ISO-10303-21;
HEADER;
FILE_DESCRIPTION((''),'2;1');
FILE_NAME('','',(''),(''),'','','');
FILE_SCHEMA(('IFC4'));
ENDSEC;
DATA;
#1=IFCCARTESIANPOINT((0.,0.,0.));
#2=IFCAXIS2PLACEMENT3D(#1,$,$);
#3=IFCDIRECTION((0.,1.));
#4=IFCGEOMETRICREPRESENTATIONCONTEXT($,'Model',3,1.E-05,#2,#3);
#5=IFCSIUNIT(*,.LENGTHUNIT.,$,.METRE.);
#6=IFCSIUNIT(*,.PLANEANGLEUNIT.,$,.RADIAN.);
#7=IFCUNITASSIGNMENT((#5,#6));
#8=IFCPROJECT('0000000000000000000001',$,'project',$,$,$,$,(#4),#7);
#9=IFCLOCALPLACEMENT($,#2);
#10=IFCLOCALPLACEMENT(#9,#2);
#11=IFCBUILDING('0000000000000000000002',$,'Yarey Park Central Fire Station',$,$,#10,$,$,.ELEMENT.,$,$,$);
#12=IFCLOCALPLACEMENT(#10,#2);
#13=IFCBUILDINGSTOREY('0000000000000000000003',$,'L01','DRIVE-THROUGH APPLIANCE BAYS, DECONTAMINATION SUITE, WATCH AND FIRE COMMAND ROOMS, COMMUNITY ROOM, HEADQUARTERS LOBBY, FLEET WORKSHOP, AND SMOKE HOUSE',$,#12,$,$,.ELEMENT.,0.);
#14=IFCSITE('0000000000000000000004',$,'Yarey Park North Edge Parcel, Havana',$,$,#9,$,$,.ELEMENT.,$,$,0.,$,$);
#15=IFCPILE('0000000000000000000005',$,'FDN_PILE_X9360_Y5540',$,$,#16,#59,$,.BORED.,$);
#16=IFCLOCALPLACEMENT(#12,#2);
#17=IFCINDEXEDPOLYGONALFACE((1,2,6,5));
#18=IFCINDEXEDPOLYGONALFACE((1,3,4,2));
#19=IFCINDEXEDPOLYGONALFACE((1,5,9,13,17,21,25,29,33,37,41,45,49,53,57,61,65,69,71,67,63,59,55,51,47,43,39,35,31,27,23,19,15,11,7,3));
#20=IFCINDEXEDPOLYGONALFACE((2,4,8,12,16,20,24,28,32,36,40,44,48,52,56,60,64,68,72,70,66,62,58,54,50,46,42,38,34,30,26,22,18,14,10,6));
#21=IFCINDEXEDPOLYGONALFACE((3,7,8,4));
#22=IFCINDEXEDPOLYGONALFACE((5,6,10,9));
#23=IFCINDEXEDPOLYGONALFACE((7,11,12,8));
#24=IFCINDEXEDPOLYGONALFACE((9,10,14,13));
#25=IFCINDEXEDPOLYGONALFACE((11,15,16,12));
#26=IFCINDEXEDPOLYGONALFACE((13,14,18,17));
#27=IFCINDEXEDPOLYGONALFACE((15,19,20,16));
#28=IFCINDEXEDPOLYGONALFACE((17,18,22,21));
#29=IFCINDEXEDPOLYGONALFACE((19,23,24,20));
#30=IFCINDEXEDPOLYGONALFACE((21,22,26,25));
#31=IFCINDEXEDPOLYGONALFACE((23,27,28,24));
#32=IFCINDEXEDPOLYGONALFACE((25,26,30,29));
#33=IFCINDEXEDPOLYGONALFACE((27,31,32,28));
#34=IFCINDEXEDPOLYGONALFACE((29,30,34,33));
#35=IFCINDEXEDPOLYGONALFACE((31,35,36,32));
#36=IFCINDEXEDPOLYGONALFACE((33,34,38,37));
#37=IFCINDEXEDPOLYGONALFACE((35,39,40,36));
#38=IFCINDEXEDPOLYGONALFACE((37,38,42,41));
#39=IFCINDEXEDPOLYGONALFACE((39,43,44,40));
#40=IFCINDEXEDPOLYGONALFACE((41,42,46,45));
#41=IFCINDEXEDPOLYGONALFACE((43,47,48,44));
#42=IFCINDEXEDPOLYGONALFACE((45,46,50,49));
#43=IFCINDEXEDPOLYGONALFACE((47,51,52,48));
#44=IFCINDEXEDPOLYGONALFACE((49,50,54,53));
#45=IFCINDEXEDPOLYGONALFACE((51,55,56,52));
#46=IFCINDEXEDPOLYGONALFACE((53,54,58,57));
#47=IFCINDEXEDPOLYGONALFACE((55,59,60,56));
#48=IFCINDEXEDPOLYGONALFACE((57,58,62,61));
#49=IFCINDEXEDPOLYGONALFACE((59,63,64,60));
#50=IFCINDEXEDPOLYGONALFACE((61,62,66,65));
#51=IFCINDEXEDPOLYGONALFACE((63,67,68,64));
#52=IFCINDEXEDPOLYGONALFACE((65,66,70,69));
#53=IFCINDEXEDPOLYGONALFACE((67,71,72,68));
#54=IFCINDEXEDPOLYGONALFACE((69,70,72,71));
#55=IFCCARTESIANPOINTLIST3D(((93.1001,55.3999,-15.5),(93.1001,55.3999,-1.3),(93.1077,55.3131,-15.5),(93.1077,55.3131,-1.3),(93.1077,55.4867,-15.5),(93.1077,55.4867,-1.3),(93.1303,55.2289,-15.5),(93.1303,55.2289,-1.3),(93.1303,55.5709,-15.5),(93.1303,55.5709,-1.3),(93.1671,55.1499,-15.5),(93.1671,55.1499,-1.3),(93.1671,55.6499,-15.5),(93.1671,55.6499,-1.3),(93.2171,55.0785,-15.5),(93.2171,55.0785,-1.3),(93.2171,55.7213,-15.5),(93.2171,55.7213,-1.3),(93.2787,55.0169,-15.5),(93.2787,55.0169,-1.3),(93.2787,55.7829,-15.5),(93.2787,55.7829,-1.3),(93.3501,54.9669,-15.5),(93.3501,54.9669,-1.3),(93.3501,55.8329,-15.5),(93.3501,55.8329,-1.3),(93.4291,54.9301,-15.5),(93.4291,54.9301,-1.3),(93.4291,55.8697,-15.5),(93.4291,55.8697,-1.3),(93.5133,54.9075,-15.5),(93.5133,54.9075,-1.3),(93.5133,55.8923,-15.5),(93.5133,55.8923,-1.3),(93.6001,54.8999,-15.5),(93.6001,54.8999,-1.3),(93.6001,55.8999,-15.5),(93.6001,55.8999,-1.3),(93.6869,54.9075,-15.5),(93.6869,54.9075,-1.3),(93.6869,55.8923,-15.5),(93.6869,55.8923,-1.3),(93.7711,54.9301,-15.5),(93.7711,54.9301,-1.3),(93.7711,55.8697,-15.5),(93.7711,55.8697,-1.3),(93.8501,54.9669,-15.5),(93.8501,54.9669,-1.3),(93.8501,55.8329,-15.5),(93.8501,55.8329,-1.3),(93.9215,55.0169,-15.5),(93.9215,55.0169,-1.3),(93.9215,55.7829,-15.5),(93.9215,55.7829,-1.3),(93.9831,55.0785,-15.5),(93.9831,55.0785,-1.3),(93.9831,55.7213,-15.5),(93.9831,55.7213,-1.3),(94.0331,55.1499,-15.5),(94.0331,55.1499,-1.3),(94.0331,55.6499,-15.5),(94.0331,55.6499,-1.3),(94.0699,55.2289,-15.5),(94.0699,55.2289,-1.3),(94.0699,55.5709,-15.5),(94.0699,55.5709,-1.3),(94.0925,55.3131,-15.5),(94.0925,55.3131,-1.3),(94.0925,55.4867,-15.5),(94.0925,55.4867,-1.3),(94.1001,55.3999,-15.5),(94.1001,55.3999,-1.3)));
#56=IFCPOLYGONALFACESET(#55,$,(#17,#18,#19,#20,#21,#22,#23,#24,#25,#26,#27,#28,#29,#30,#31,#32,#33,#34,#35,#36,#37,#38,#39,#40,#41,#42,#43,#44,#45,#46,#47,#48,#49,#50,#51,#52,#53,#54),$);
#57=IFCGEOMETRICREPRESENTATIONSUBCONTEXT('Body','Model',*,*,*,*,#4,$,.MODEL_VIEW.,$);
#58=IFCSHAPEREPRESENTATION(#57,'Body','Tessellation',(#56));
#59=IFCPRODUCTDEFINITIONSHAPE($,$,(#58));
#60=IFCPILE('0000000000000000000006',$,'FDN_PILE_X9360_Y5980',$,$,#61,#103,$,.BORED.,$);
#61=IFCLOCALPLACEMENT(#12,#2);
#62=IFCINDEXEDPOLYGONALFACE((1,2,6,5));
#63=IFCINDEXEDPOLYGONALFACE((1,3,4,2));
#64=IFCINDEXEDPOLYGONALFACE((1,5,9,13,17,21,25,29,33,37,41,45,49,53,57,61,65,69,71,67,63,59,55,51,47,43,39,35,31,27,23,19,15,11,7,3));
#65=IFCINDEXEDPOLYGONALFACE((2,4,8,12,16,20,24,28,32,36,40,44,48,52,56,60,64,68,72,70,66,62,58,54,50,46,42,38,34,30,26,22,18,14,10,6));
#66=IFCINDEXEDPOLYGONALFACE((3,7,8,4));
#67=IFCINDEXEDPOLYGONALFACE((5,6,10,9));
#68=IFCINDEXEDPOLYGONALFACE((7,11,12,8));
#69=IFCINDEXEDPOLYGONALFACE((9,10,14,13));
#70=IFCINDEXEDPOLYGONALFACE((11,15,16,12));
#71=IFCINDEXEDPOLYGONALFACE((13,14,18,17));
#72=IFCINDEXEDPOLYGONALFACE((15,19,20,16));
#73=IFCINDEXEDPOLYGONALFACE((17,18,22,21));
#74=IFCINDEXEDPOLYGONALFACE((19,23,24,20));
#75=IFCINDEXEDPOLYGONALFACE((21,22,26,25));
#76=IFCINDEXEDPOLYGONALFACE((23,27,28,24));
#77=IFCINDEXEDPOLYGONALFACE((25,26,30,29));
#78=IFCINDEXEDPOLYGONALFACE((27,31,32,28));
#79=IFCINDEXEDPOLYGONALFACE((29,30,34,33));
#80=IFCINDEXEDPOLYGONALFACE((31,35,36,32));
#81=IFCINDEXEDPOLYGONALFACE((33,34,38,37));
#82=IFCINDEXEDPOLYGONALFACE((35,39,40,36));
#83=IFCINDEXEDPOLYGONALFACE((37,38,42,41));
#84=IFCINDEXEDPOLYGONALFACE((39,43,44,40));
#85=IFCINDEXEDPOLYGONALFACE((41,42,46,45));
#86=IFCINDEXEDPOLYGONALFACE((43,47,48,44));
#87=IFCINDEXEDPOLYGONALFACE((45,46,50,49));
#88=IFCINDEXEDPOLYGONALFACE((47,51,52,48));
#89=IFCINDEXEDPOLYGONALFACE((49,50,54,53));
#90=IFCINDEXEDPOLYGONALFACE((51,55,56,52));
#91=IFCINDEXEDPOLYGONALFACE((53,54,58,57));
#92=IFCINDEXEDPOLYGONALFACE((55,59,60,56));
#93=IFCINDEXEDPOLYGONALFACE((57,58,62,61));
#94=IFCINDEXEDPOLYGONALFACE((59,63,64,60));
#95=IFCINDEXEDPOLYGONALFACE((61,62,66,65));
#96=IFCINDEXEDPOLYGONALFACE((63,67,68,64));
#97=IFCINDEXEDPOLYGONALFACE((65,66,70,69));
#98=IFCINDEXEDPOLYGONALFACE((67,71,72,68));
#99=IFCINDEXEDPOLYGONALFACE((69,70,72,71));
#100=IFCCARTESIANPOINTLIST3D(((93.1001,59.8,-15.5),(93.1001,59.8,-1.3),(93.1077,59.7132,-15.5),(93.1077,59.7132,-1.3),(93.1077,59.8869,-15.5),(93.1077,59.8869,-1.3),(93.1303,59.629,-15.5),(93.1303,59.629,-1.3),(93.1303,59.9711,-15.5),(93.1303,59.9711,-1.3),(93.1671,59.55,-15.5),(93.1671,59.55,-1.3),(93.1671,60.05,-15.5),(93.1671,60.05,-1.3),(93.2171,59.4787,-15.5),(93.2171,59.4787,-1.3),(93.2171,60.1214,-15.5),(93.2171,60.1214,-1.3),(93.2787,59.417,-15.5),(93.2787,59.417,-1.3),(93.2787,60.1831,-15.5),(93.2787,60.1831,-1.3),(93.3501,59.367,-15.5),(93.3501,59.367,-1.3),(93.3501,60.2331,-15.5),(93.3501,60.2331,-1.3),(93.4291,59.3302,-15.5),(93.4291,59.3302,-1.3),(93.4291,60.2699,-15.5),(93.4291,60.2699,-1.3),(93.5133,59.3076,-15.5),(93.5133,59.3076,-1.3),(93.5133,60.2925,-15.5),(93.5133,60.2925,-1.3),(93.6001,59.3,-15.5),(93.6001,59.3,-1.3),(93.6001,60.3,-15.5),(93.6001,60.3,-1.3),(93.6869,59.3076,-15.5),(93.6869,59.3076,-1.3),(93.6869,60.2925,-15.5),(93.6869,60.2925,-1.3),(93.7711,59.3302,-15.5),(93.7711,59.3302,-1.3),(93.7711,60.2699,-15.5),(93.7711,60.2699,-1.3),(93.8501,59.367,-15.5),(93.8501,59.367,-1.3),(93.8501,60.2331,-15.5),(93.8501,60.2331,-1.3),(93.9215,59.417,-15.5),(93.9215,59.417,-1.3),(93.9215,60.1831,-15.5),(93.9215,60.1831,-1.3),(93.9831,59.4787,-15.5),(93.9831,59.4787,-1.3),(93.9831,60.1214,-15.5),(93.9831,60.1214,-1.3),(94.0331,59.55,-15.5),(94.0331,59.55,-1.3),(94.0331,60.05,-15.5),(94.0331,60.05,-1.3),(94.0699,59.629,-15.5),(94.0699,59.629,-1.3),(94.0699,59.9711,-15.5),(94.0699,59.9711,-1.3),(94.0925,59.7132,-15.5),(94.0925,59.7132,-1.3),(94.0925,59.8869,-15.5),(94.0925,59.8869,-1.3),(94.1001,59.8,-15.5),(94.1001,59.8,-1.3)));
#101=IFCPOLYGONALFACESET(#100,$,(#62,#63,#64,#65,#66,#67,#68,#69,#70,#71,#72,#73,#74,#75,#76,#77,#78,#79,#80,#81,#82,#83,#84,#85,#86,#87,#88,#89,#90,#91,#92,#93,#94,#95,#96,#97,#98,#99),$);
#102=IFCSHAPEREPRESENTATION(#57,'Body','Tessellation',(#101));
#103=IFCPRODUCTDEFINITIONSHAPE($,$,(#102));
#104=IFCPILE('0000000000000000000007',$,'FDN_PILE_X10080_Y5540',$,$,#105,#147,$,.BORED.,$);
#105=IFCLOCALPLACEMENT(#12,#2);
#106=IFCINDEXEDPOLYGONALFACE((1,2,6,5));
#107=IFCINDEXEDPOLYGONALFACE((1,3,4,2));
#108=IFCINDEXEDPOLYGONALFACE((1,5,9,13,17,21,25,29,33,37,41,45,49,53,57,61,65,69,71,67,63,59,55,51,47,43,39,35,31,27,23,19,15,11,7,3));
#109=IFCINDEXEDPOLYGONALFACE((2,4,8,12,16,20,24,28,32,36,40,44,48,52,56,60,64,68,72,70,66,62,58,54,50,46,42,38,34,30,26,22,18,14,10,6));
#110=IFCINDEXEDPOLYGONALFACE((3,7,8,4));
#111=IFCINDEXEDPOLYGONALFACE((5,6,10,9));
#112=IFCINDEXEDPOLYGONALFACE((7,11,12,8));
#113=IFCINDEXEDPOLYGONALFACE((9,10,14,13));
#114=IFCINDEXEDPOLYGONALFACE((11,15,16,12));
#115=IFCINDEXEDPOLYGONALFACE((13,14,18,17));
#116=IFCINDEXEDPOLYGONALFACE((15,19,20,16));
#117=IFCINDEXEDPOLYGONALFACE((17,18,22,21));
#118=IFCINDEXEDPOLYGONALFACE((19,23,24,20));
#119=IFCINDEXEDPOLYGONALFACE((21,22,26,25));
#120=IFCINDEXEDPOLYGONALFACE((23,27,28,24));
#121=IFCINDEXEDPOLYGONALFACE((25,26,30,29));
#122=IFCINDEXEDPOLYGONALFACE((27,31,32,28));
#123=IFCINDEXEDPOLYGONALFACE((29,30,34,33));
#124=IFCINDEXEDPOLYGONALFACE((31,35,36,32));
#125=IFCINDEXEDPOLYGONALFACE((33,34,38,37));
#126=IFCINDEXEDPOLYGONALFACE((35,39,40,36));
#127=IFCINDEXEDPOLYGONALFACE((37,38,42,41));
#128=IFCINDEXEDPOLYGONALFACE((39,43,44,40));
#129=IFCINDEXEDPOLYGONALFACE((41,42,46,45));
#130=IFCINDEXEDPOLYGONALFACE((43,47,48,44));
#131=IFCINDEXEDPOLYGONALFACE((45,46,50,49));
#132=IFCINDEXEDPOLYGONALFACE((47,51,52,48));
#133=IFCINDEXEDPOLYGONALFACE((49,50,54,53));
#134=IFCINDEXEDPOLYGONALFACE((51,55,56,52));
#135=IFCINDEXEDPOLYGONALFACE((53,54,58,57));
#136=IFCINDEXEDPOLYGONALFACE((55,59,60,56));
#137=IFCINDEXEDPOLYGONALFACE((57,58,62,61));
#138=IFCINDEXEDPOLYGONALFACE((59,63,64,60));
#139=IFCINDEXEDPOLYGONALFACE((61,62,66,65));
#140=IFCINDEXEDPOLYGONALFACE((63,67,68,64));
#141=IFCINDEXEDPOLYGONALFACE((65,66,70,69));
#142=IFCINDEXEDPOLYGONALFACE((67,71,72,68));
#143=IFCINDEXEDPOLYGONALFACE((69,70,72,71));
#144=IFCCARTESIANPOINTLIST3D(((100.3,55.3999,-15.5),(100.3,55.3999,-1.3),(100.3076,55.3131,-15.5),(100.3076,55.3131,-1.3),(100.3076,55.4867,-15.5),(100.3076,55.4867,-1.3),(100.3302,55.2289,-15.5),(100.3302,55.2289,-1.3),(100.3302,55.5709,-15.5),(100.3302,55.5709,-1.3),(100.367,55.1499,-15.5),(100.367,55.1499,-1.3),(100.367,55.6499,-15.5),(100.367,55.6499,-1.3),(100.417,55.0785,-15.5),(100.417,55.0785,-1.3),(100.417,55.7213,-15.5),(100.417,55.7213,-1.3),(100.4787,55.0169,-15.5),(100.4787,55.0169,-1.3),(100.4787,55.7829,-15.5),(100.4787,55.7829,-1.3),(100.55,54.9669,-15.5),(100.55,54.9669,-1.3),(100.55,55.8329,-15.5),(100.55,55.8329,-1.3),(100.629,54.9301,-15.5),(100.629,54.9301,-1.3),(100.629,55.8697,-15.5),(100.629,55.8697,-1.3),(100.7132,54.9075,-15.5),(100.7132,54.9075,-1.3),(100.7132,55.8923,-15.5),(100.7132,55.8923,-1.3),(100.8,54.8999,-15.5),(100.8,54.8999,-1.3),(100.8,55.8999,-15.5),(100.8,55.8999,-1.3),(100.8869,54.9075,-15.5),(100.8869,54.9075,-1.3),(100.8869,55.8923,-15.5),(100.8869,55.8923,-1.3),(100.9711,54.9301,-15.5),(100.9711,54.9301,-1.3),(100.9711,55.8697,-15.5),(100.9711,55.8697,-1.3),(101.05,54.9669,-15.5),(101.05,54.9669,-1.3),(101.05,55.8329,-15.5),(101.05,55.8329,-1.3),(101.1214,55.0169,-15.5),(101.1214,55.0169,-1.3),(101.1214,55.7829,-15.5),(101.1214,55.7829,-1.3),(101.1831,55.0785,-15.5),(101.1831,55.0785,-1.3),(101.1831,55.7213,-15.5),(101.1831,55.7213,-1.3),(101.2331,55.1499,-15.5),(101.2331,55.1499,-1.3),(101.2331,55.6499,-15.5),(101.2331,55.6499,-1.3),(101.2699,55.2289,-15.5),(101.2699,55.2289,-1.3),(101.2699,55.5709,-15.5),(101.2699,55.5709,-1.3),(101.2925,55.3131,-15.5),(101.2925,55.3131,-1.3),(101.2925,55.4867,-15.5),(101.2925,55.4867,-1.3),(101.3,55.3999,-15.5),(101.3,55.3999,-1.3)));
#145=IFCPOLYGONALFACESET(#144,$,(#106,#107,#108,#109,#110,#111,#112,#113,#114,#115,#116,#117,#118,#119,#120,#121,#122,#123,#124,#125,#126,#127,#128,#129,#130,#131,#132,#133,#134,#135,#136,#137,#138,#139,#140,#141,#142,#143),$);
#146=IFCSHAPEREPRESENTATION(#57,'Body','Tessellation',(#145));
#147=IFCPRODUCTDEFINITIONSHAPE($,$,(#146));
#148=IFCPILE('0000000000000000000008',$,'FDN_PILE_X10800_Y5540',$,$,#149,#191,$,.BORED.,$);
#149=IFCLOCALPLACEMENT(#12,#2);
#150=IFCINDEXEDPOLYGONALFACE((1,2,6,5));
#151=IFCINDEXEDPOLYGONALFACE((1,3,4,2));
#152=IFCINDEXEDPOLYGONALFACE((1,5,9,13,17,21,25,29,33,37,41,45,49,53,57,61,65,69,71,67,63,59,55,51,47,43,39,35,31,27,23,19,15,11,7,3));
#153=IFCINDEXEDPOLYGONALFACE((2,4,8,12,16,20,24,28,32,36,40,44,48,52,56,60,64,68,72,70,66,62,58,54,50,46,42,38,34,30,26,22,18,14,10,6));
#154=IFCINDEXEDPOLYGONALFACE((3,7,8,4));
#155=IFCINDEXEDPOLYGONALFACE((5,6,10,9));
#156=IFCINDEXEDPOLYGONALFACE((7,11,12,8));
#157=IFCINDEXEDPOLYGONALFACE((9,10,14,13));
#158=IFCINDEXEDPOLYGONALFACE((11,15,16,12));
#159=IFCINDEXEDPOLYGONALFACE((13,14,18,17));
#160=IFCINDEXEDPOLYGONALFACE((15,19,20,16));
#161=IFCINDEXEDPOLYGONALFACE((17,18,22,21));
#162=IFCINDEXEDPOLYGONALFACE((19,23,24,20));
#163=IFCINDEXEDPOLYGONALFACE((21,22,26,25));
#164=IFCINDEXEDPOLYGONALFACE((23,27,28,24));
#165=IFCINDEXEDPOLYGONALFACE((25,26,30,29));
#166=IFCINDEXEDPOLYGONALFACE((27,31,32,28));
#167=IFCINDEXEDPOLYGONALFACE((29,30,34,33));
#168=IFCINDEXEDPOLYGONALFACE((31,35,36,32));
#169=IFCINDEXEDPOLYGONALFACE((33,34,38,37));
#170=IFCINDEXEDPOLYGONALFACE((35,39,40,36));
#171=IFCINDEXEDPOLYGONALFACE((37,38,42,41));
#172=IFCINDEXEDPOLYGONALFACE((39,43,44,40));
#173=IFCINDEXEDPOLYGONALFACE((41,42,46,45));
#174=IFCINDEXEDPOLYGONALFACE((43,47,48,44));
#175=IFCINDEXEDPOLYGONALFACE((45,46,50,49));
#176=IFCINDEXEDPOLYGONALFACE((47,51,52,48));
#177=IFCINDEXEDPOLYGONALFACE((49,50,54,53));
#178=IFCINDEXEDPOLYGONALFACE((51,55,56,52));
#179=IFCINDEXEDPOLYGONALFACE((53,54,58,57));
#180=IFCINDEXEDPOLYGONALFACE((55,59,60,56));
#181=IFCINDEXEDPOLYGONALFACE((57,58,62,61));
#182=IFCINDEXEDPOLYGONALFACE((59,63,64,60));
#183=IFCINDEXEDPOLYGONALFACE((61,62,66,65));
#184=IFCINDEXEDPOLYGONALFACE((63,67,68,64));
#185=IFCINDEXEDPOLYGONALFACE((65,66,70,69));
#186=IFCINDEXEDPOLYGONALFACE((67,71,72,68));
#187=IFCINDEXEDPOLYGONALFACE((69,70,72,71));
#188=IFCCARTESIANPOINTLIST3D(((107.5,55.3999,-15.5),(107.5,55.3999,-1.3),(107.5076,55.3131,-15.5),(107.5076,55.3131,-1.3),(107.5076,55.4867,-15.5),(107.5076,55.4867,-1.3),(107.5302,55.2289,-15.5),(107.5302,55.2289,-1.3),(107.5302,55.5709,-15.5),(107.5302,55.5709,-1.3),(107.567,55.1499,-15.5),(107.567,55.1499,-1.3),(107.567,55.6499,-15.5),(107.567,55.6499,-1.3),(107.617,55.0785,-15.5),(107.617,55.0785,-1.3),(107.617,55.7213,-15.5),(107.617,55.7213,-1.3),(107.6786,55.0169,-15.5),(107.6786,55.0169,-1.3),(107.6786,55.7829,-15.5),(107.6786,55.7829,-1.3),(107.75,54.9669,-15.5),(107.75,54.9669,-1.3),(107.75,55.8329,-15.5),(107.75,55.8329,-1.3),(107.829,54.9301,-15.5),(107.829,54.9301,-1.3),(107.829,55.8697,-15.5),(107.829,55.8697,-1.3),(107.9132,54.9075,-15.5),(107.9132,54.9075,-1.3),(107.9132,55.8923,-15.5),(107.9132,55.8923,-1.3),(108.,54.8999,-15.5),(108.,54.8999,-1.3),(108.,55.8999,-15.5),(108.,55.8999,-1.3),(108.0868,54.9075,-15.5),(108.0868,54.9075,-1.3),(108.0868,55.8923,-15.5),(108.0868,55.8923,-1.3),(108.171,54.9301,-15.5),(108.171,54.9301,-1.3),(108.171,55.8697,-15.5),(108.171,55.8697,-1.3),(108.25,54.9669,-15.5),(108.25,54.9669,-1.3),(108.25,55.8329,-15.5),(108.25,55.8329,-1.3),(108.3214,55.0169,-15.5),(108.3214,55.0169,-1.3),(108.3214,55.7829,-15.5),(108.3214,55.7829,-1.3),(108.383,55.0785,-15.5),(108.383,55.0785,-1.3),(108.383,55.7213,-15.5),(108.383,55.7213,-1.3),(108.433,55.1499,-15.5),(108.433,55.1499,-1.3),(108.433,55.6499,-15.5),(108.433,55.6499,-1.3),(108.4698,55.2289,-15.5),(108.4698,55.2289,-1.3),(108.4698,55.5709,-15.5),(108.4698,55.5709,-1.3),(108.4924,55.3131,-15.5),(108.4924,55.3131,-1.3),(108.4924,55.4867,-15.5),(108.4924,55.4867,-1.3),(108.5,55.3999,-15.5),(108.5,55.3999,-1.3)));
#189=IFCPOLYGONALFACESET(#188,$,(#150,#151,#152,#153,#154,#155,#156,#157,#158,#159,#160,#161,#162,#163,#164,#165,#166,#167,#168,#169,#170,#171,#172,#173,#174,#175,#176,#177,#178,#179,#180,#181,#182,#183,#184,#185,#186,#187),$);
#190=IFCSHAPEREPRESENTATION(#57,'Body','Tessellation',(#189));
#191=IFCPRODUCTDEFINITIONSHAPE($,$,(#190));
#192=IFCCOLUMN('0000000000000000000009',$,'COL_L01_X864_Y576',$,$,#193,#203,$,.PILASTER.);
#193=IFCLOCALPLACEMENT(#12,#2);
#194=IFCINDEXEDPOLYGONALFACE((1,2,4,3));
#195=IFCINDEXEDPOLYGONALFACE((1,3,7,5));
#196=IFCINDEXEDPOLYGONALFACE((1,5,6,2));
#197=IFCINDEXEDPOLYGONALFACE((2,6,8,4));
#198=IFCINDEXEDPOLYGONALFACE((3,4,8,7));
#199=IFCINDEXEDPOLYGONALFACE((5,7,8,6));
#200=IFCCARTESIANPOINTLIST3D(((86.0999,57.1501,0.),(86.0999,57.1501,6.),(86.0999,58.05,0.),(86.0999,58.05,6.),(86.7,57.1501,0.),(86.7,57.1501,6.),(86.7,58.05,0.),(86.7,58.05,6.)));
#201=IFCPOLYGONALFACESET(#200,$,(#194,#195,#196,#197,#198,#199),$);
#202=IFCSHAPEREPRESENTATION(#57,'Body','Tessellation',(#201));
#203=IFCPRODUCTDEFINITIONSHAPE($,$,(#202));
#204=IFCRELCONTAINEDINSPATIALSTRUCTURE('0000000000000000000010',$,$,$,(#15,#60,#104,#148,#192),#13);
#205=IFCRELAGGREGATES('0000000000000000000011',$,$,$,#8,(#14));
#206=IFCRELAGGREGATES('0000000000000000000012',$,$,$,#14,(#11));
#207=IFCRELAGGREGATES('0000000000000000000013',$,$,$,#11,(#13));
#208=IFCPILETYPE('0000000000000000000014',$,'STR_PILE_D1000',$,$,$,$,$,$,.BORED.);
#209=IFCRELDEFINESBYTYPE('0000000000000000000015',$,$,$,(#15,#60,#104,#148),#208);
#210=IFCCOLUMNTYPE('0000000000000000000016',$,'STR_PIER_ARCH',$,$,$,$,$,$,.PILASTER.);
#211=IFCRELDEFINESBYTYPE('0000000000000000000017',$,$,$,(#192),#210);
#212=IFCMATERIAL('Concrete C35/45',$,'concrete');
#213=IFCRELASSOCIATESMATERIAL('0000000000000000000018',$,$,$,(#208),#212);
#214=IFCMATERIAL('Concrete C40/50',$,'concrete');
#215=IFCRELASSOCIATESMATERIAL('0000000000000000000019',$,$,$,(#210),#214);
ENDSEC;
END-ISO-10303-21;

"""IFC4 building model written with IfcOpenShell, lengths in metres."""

from ifc_helpers import new_model, si_unit, direction, frame, origin, origin_2d, place, context, subcontext, project, spatial, rectangle, circle, extrude, material, material_profile, profile_set, type_object, element, save


model = new_model("IFC4")

# Units and contexts
model_context = context("Model", 3, precision=1e-05, world=origin(), true_north=direction((0.0, 1.0)))
body_context = subcontext(model_context, "Body", "Model", "MODEL_VIEW")
ifc_project = project(units=[si_unit("LENGTHUNIT", "METRE"), si_unit("PLANEANGLEUNIT", "RADIAN")], contexts=[model_context])

# Site, building, storey
site_placement = place(None, origin())
site = spatial("IfcSite", under=ifc_project, at=site_placement, Name="Yarey Park North Edge Parcel, Havana", CompositionType="ELEMENT", RefElevation=0.0)
building_placement = place(site_placement, origin())
building = spatial("IfcBuilding", under=site, at=building_placement, Name="Yarey Park Central Fire Station", CompositionType="ELEMENT")
storey_placement = place(building_placement, origin())
storey = spatial("IfcBuildingStorey", under=building, at=storey_placement, Name="L01", Description="DRIVE-THROUGH APPLIANCE BAYS, DECONTAMINATION SUITE, WATCH AND FIRE COMMAND ROOMS, COMMUNITY ROOM, HEADQUARTERS LOBBY, FLEET WORKSHOP, AND SMOKE HOUSE", CompositionType="ELEMENT", Elevation=0.0)

# Shared definitions
ifc_material_1 = material(Name="Concrete C35/45", Category="concrete")

# Piles
ifc_material_profile_1 = material_profile(ifc_material_1, circle(Radius=0.5, at=origin_2d()), Name="BORED PILE D1000")
ifc_profile_set_1 = profile_set([ifc_material_profile_1], Name="Concrete C35/45")
pile_type = type_object("IfcPileType", Name="STR_PILE_D1000", PredefinedType="BORED", material=ifc_profile_set_1)
for number, where, z_axis, x_axis, name in (
    (1, (93.6001, 55.3999, -1.3), (0.0, 0.0, -1.0), (1.0, 0.0, 0.0), "FDN_PILE_X9360_Y5540"),
    (2, (93.6001, 59.8, -1.3), (0.0, 0.0, -1.0), (1.0, 0.0, 0.0), "FDN_PILE_X9360_Y5980"),
    (3, (100.8, 55.3999, -1.3), (0.0, 0.0, -1.0), (1.0, 0.0, 0.0), "FDN_PILE_X10080_Y5540"),
    (4, (108.0, 55.3999, -1.3), (0.0, 0.0, -1.0), (1.0, 0.0, 0.0), "FDN_PILE_X10800_Y5540"),
):
    element("IfcPile", number, at=place(storey_placement, frame(where, z_axis=z_axis, x_axis=x_axis)), inside=storey, type_object=pile_type, Name=name, PredefinedType="BORED", context=body_context, shape_type="SweptSolid", body=[
        extrude(circle(Radius=0.5, at=origin_2d()), origin(), (0.0, 0.0, 1.0), 14.2),
    ])

# Column
ifc_material_2 = material(Name="Concrete C40/50", Category="concrete")
ifc_material_profile_2 = material_profile(ifc_material_2, rectangle(XDim=0.6001, YDim=0.8999, at=origin_2d()), Name="RC 900x600")
ifc_profile_set_2 = profile_set([ifc_material_profile_2], Name="Concrete C40/50")
column_type = type_object("IfcColumnType", Name="STR_PIER_ARCH", PredefinedType="PILASTER", material=ifc_profile_set_2)
for number, where, z_axis, x_axis, name in (
    (5, (86.3999, 57.6001, 0.0), (0.0, 0.0, 1.0), (1.0, 0.0, 0.0), "COL_L01_X864_Y576"),
):
    element("IfcColumn", number, at=place(storey_placement, frame(where, z_axis=z_axis, x_axis=x_axis)), inside=storey, type_object=column_type, Name=name, PredefinedType="PILASTER", context=body_context, shape_type="SweptSolid", body=[
        extrude(rectangle(XDim=0.6001, YDim=0.8999, at=origin_2d()), origin(), (0.0, 0.0, 1.0), 6.0),
    ])

save(model, "model.ifc")
